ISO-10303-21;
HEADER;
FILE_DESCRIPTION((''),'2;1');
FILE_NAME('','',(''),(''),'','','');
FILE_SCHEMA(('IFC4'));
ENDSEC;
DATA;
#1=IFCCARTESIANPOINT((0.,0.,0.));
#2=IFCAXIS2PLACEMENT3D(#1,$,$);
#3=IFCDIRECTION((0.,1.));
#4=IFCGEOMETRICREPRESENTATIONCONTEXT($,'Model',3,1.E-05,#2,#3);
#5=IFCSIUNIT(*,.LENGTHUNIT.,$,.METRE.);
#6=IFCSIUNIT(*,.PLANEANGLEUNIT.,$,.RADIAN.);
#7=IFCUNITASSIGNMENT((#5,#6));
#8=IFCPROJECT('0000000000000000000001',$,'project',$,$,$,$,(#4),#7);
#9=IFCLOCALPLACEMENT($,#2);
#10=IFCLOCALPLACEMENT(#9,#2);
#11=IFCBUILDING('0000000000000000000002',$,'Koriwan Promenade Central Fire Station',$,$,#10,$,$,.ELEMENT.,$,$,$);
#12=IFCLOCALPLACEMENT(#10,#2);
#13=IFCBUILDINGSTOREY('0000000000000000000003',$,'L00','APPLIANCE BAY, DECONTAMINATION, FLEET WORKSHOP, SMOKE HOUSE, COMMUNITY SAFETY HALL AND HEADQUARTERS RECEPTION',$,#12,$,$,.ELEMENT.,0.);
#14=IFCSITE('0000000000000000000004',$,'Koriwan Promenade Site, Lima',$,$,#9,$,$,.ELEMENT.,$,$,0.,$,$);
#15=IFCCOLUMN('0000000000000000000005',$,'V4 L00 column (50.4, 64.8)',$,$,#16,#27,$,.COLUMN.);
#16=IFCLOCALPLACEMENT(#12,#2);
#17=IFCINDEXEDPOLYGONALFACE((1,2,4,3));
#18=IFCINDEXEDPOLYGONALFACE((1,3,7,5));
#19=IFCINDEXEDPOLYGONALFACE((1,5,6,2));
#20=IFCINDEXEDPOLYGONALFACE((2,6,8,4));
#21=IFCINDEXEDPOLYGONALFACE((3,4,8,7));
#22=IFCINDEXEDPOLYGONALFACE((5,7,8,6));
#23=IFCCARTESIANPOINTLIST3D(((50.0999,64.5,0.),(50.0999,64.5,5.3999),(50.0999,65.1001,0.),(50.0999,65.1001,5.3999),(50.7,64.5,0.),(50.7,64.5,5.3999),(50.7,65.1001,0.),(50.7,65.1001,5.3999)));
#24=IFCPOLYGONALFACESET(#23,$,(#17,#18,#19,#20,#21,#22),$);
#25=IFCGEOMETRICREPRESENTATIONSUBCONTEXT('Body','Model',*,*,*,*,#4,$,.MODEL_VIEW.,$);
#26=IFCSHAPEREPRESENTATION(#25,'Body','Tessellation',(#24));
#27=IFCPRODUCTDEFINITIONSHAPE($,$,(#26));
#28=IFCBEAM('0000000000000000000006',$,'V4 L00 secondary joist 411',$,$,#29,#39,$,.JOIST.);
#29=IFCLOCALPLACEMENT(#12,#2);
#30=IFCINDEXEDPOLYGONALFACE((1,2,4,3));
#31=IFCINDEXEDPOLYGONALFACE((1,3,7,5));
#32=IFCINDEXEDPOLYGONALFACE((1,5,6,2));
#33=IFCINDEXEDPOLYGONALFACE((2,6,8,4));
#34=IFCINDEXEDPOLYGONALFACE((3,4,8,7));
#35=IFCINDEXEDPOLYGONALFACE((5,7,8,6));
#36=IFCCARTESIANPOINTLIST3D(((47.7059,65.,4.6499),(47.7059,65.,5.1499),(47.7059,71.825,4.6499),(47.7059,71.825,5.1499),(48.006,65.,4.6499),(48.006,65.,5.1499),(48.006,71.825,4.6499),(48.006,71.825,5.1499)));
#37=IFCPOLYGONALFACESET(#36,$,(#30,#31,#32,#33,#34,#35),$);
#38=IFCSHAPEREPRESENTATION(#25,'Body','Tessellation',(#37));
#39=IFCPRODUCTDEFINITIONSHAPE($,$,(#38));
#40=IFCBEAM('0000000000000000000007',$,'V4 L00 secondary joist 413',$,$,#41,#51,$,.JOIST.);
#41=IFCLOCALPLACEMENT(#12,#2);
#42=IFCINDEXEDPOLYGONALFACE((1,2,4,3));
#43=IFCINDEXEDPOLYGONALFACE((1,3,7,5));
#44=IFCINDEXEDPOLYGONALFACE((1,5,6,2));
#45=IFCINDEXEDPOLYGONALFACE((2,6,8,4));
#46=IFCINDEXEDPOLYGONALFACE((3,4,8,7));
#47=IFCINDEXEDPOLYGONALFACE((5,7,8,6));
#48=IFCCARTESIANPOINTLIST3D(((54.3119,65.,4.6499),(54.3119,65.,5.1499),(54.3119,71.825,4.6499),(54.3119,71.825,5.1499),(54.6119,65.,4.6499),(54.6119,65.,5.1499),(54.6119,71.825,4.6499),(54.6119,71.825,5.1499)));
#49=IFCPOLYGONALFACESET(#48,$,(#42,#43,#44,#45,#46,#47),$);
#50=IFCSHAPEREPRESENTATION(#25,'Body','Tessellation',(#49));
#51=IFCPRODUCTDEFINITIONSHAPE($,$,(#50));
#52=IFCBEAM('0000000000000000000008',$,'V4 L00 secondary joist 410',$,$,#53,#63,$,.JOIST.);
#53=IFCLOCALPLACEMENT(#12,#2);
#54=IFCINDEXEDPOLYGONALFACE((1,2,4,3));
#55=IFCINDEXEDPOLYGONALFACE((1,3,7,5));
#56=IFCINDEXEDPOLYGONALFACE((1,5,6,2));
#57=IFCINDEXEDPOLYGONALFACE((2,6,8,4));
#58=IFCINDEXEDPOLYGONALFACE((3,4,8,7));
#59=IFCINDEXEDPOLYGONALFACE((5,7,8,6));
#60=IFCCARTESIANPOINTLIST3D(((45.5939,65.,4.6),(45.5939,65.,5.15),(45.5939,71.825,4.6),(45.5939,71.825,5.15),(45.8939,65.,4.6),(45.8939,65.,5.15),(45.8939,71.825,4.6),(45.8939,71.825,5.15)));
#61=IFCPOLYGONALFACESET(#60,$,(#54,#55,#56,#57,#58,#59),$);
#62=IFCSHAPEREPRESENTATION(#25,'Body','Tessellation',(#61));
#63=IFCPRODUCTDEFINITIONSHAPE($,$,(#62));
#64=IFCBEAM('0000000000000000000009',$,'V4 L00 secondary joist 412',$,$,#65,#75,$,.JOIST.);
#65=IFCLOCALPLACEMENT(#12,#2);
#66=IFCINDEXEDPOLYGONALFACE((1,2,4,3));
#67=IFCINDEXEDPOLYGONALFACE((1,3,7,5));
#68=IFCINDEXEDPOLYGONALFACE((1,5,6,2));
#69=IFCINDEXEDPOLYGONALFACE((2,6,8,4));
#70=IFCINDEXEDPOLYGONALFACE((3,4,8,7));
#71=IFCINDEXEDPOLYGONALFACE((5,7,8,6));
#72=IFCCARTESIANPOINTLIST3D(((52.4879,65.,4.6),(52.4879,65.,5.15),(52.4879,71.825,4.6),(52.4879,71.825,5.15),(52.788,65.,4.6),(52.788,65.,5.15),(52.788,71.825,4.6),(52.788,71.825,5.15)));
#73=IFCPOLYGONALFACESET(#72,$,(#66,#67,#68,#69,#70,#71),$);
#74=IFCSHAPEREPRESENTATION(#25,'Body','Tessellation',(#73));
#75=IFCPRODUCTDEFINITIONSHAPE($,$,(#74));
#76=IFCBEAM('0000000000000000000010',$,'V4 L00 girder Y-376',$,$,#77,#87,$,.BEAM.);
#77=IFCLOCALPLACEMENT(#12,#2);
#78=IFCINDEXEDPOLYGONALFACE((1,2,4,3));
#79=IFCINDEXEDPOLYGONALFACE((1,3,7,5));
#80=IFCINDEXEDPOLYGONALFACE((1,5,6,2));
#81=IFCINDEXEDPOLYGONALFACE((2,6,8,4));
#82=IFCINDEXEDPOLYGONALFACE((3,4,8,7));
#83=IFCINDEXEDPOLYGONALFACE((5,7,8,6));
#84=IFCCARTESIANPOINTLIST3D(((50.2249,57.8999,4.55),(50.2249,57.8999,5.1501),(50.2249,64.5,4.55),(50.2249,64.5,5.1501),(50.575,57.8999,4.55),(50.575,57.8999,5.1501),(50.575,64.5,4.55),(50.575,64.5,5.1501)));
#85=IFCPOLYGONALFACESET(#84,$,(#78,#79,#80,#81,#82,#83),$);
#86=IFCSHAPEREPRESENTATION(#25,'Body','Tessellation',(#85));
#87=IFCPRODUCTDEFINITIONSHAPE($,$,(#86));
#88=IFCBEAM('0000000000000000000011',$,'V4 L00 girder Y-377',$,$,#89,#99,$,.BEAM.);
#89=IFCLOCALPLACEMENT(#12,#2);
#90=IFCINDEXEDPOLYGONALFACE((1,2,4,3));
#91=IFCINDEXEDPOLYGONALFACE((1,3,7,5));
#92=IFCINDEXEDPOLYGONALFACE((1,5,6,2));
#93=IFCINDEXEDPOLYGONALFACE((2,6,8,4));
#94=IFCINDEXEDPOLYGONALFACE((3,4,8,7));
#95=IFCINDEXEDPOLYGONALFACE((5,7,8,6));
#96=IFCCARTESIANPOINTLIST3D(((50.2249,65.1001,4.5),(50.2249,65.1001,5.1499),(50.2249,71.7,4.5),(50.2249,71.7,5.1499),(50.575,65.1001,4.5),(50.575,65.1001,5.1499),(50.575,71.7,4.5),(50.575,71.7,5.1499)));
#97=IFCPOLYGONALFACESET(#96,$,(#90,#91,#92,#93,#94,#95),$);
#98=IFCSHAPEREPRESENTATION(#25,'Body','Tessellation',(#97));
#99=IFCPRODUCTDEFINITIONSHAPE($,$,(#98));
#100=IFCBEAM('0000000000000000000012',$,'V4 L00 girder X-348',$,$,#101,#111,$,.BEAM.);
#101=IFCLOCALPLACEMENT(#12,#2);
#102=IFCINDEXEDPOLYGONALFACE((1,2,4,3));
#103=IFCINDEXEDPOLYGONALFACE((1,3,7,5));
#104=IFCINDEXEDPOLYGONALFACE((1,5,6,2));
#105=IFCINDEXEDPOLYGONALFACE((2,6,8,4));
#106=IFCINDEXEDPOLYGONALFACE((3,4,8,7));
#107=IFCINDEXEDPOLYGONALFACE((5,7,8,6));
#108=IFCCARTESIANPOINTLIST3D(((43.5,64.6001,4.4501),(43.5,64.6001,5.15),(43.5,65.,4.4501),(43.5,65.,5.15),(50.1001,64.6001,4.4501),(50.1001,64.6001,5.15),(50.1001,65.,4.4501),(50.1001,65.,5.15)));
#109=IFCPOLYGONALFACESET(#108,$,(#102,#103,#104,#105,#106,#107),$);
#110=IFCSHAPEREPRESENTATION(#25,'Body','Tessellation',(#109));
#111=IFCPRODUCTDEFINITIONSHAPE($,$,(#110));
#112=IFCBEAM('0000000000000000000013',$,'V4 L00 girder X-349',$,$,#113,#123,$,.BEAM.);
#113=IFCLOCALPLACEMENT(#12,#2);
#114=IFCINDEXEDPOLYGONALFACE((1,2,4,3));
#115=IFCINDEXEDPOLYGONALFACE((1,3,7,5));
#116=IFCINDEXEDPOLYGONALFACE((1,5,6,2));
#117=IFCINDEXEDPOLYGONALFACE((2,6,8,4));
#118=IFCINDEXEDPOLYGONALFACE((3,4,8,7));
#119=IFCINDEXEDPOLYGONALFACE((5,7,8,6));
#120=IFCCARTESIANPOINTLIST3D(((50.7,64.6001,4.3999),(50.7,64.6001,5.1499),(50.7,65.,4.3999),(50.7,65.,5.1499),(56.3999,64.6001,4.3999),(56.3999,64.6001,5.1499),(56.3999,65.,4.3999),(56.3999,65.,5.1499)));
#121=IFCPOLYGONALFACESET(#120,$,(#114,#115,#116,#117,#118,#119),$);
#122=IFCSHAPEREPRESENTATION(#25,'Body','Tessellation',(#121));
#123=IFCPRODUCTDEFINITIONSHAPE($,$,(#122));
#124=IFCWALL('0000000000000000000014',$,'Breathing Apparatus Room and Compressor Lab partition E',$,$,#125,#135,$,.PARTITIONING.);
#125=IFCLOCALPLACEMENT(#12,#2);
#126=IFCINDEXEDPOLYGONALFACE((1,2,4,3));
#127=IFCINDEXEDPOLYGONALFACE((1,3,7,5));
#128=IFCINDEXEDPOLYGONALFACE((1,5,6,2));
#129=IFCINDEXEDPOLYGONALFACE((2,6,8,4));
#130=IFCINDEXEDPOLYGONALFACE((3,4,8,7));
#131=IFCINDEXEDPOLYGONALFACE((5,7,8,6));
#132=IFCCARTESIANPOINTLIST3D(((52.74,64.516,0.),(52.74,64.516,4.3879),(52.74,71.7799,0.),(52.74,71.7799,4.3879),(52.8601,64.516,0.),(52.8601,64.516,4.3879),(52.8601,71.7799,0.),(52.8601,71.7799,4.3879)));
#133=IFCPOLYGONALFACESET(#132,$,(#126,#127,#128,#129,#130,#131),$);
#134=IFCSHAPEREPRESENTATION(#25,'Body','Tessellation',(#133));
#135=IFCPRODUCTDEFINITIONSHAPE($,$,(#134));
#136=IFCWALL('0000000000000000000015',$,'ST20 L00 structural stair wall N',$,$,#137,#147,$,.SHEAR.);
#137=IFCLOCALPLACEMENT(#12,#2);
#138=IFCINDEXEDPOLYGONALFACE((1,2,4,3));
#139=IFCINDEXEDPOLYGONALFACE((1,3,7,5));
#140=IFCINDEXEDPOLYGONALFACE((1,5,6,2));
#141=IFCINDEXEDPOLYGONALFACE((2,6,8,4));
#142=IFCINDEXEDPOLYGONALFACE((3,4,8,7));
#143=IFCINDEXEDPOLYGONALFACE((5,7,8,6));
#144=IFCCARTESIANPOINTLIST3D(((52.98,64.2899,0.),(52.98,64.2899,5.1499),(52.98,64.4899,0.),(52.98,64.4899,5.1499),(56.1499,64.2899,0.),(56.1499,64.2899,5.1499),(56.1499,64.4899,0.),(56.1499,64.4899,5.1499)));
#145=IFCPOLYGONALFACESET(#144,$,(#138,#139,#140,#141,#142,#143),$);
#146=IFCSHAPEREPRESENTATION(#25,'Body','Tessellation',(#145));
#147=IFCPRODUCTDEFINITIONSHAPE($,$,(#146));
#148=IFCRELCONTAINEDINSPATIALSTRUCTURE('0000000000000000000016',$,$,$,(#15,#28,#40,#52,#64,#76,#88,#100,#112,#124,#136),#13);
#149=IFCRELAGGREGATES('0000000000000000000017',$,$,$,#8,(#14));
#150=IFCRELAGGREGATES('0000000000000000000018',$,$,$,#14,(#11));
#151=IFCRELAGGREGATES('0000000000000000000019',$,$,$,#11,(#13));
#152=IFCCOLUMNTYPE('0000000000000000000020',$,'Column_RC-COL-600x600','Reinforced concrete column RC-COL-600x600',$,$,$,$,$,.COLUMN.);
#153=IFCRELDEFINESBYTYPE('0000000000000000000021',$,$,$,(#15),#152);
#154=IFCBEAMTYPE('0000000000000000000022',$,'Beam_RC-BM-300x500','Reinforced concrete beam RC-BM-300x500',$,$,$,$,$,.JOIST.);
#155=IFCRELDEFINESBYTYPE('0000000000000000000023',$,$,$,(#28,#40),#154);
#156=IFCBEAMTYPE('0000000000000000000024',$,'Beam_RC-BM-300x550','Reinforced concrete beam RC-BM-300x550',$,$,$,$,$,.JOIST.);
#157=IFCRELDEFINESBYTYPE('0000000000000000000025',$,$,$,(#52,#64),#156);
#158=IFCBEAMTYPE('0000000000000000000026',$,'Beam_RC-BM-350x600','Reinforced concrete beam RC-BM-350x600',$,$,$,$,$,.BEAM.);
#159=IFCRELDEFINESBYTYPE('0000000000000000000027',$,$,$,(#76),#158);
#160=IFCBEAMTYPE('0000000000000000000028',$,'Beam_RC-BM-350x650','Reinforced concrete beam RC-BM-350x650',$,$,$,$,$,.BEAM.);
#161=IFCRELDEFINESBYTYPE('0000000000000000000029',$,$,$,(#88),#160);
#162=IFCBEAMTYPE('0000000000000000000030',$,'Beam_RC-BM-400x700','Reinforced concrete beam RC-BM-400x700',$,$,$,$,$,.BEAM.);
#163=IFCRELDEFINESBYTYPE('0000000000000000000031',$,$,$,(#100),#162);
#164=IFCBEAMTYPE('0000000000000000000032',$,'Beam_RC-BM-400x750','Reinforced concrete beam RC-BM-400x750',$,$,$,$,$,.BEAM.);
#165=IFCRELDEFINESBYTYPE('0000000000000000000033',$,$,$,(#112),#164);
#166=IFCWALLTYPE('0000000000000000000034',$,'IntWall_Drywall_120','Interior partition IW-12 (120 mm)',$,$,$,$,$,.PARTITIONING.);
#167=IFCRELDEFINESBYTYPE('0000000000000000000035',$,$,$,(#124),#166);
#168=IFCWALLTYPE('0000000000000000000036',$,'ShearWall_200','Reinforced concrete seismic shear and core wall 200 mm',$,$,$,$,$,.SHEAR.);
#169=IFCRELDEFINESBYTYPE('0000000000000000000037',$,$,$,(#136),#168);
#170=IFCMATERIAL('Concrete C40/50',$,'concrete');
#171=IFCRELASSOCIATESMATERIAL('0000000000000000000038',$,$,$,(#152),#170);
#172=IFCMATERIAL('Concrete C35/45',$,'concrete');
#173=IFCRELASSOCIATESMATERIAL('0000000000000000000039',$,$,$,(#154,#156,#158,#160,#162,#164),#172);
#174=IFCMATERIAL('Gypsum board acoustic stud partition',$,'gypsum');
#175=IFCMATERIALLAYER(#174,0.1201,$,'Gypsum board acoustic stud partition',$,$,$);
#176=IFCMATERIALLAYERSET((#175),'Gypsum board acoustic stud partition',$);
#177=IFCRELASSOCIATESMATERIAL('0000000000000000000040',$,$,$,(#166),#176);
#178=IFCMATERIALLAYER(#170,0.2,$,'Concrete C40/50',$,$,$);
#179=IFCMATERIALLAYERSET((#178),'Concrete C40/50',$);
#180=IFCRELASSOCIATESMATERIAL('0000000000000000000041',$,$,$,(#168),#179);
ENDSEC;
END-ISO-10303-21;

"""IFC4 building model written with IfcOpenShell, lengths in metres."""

from ifc_helpers import new_model, si_unit, direction, frame, frame_2d, origin, origin_2d, place, context, subcontext, project, spatial, rectangle, extrude, material, layer, layer_set, material_profile, profile_set, type_object, element, save


model = new_model("IFC4")

# Units and contexts
model_context = context("Model", 3, precision=1e-05, world=origin(), true_north=direction((0.0, 1.0)))
body_context = subcontext(model_context, "Body", "Model", "MODEL_VIEW")
ifc_project = project(units=[si_unit("LENGTHUNIT", "METRE"), si_unit("PLANEANGLEUNIT", "RADIAN")], contexts=[model_context])

# Site, building, storey
site_placement = place(None, origin())
site = spatial("IfcSite", under=ifc_project, at=site_placement, Name="Koriwan Promenade Site, Lima", CompositionType="ELEMENT", RefElevation=0.0)
building_placement = place(site_placement, origin())
building = spatial("IfcBuilding", under=site, at=building_placement, Name="Koriwan Promenade Central Fire Station", CompositionType="ELEMENT")
storey_placement = place(building_placement, origin())
storey = spatial("IfcBuildingStorey", under=building, at=storey_placement, Name="L00", Description="APPLIANCE BAY, DECONTAMINATION, FLEET WORKSHOP, SMOKE HOUSE, COMMUNITY SAFETY HALL AND HEADQUARTERS RECEPTION", CompositionType="ELEMENT", Elevation=0.0)

# Shared definitions
ifc_material_1 = material(Name="Concrete C35/45", Category="concrete")

# Column
ifc_material_2 = material(Name="Concrete C40/50", Category="concrete")
ifc_material_profile_1 = material_profile(ifc_material_2, rectangle(XDim=0.6001, YDim=0.6001, at=origin_2d()), Name="RC-COL-600x600")
ifc_profile_set_1 = profile_set([ifc_material_profile_1], Name="Concrete C40/50")
column_type = type_object("IfcColumnType", Name="Column_RC-COL-600x600", Description="Reinforced concrete column RC-COL-600x600", PredefinedType="COLUMN", material=ifc_profile_set_1)
column_placement = place(storey_placement, frame((50.3999, 64.8, 0.0), z_axis=(0.0, 0.0, 1.0), x_axis=(1.0, 0.0, 0.0)))
element("IfcColumn", 1, at=column_placement, inside=storey, type_object=column_type, Name="V4 L00 column (50.4, 64.8)", PredefinedType="COLUMN", context=body_context, shape_type="SweptSolid", body=[
    extrude(rectangle(XDim=0.6001, YDim=0.6001, at=origin_2d()), origin(), (0.0, 0.0, 1.0), 5.3999),
])

# Beams
ifc_material_profile_2 = material_profile(ifc_material_1, rectangle(XDim=0.3, YDim=0.5, at=origin_2d()), Name="RC-BM-300x500")
ifc_profile_set_2 = profile_set([ifc_material_profile_2], Name="Concrete C35/45")
beam_type_1 = type_object("IfcBeamType", Name="Beam_RC-BM-300x500", Description="Reinforced concrete beam RC-BM-300x500", PredefinedType="JOIST", material=ifc_profile_set_2)
for number, where, z_axis, x_axis, name in (
    (2, (47.856, 65.0, 4.8999), (0.0, 1.0, 0.0), (-1.0, 0.0, 0.0), "V4 L00 secondary joist 411"),
    (3, (54.4619, 65.0, 4.8999), (0.0, 1.0, 0.0), (-1.0, 0.0, 0.0), "V4 L00 secondary joist 413"),
):
    element("IfcBeam", number, at=place(storey_placement, frame(where, z_axis=z_axis, x_axis=x_axis)), inside=storey, type_object=beam_type_1, Name=name, PredefinedType="JOIST", context=body_context, shape_type="SweptSolid", body=[
        extrude(rectangle(XDim=0.3, YDim=0.5, at=origin_2d()), origin(), (0.0, 0.0, 1.0), 6.825),
    ])
ifc_material_profile_3 = material_profile(ifc_material_1, rectangle(XDim=0.3, YDim=0.55, at=origin_2d()), Name="RC-BM-300x550")
ifc_profile_set_3 = profile_set([ifc_material_profile_3], Name="Concrete C35/45")
beam_type_2 = type_object("IfcBeamType", Name="Beam_RC-BM-300x550", Description="Reinforced concrete beam RC-BM-300x550", PredefinedType="JOIST", material=ifc_profile_set_3)
for number, where, z_axis, x_axis, name in (
    (4, (45.7439, 65.0, 4.875), (0.0, 1.0, 0.0), (-1.0, 0.0, 0.0), "V4 L00 secondary joist 410"),
    (5, (52.6379, 65.0, 4.875), (0.0, 1.0, 0.0), (-1.0, 0.0, 0.0), "V4 L00 secondary joist 412"),
):
    element("IfcBeam", number, at=place(storey_placement, frame(where, z_axis=z_axis, x_axis=x_axis)), inside=storey, type_object=beam_type_2, Name=name, PredefinedType="JOIST", context=body_context, shape_type="SweptSolid", body=[
        extrude(rectangle(XDim=0.3, YDim=0.55, at=origin_2d()), origin(), (0.0, 0.0, 1.0), 6.825),
    ])
ifc_material_profile_4 = material_profile(ifc_material_1, rectangle(XDim=0.3501, YDim=0.6001, at=origin_2d()), Name="RC-BM-350x600")
ifc_profile_set_4 = profile_set([ifc_material_profile_4], Name="Concrete C35/45")
beam_type_3 = type_object("IfcBeamType", Name="Beam_RC-BM-350x600", Description="Reinforced concrete beam RC-BM-350x600", PredefinedType="BEAM", material=ifc_profile_set_4)
beam_1_placement = place(storey_placement, frame((50.3999, 57.8999, 4.8501), z_axis=(0.0, 1.0, 0.0), x_axis=(-1.0, 0.0, 0.0)))
element("IfcBeam", 6, at=beam_1_placement, inside=storey, type_object=beam_type_3, Name="V4 L00 girder Y-376", PredefinedType="BEAM", context=body_context, shape_type="SweptSolid", body=[
    extrude(rectangle(XDim=0.3501, YDim=0.6001, at=origin_2d()), origin(), (0.0, 0.0, 1.0), 6.6001),
])
ifc_material_profile_5 = material_profile(ifc_material_1, rectangle(XDim=0.3501, YDim=0.6499, at=origin_2d()), Name="RC-BM-350x650")
ifc_profile_set_5 = profile_set([ifc_material_profile_5], Name="Concrete C35/45")
beam_type_4 = type_object("IfcBeamType", Name="Beam_RC-BM-350x650", Description="Reinforced concrete beam RC-BM-350x650", PredefinedType="BEAM", material=ifc_profile_set_5)
beam_2_placement = place(storey_placement, frame((50.3999, 65.1001, 4.825), z_axis=(0.0, 1.0, 0.0), x_axis=(-1.0, 0.0, 0.0)))
element("IfcBeam", 7, at=beam_2_placement, inside=storey, type_object=beam_type_4, Name="V4 L00 girder Y-377", PredefinedType="BEAM", context=body_context, shape_type="SweptSolid", body=[
    extrude(rectangle(XDim=0.3501, YDim=0.6499, at=origin_2d()), origin(), (0.0, 0.0, 1.0), 6.5999),
])
ifc_material_profile_6 = material_profile(ifc_material_1, rectangle(XDim=0.3999, YDim=0.7, at=origin_2d()), Name="RC-BM-400x700")
ifc_profile_set_6 = profile_set([ifc_material_profile_6], Name="Concrete C35/45")
beam_type_5 = type_object("IfcBeamType", Name="Beam_RC-BM-400x700", Description="Reinforced concrete beam RC-BM-400x700", PredefinedType="BEAM", material=ifc_profile_set_6)
beam_3_placement = place(storey_placement, frame((43.5, 64.8, 4.8), z_axis=(1.0, 0.0, 0.0), x_axis=(0.0, 1.0, 0.0)))
element("IfcBeam", 8, at=beam_3_placement, inside=storey, type_object=beam_type_5, Name="V4 L00 girder X-348", PredefinedType="BEAM", context=body_context, shape_type="SweptSolid", body=[
    extrude(rectangle(XDim=0.3999, YDim=0.7, at=origin_2d()), origin(), (0.0, 0.0, 1.0), 6.6001),
])
ifc_material_profile_7 = material_profile(ifc_material_1, rectangle(XDim=0.3999, YDim=0.75, at=origin_2d()), Name="RC-BM-400x750")
ifc_profile_set_7 = profile_set([ifc_material_profile_7], Name="Concrete C35/45")
beam_type_6 = type_object("IfcBeamType", Name="Beam_RC-BM-400x750", Description="Reinforced concrete beam RC-BM-400x750", PredefinedType="BEAM", material=ifc_profile_set_7)
beam_4_placement = place(storey_placement, frame((50.7, 64.8, 4.7749), z_axis=(1.0, 0.0, 0.0), x_axis=(0.0, 1.0, 0.0)))
element("IfcBeam", 9, at=beam_4_placement, inside=storey, type_object=beam_type_6, Name="V4 L00 girder X-349", PredefinedType="BEAM", context=body_context, shape_type="SweptSolid", body=[
    extrude(rectangle(XDim=0.3999, YDim=0.75, at=origin_2d()), origin(), (0.0, 0.0, 1.0), 5.7),
])

# Walls
ifc_material_3 = material(Name="Gypsum board acoustic stud partition", Category="gypsum")
ifc_layer_1 = layer(ifc_material_3, 0.1201, Name="Gypsum board acoustic stud partition")
ifc_layer_set_1 = layer_set([ifc_layer_1], Name="Gypsum board acoustic stud partition")
wall_type_1 = type_object("IfcWallType", Name="IntWall_Drywall_120", Description="Interior partition IW-12 (120 mm)", PredefinedType="PARTITIONING", material=ifc_layer_set_1)
wall_1_placement = place(storey_placement, frame((52.8, 64.5161, 0.0), z_axis=(0.0, 0.0, 1.0), x_axis=(0.0, 1.0, 0.0)))
element("IfcWall", 10, at=wall_1_placement, inside=storey, type_object=wall_type_1, Name="Breathing Apparatus Room and Compressor Lab partition E", PredefinedType="PARTITIONING", context=body_context, shape_type="SweptSolid", body=[
    extrude(rectangle(XDim=7.2639, YDim=0.1201, at=frame_2d((3.6318, 0.0))), origin(), (0.0, 0.0, 1.0), 4.3879),
])
ifc_layer_2 = layer(ifc_material_2, 0.2, Name="Concrete C40/50")
ifc_layer_set_2 = layer_set([ifc_layer_2], Name="Concrete C40/50")
wall_type_2 = type_object("IfcWallType", Name="ShearWall_200", Description="Reinforced concrete seismic shear and core wall 200 mm", PredefinedType="SHEAR", material=ifc_layer_set_2)
wall_2_placement = place(storey_placement, frame((52.98, 64.3899, 0.0), z_axis=(0.0, 0.0, 1.0), x_axis=(1.0, 0.0, 0.0)))
element("IfcWall", 11, at=wall_2_placement, inside=storey, type_object=wall_type_2, Name="ST20 L00 structural stair wall N", PredefinedType="SHEAR", context=body_context, shape_type="SweptSolid", body=[
    extrude(rectangle(XDim=3.1699, YDim=0.2, at=frame_2d((1.585, 0.0))), origin(), (0.0, 0.0, 1.0), 5.1499),
])

save(model, "model.ifc")
